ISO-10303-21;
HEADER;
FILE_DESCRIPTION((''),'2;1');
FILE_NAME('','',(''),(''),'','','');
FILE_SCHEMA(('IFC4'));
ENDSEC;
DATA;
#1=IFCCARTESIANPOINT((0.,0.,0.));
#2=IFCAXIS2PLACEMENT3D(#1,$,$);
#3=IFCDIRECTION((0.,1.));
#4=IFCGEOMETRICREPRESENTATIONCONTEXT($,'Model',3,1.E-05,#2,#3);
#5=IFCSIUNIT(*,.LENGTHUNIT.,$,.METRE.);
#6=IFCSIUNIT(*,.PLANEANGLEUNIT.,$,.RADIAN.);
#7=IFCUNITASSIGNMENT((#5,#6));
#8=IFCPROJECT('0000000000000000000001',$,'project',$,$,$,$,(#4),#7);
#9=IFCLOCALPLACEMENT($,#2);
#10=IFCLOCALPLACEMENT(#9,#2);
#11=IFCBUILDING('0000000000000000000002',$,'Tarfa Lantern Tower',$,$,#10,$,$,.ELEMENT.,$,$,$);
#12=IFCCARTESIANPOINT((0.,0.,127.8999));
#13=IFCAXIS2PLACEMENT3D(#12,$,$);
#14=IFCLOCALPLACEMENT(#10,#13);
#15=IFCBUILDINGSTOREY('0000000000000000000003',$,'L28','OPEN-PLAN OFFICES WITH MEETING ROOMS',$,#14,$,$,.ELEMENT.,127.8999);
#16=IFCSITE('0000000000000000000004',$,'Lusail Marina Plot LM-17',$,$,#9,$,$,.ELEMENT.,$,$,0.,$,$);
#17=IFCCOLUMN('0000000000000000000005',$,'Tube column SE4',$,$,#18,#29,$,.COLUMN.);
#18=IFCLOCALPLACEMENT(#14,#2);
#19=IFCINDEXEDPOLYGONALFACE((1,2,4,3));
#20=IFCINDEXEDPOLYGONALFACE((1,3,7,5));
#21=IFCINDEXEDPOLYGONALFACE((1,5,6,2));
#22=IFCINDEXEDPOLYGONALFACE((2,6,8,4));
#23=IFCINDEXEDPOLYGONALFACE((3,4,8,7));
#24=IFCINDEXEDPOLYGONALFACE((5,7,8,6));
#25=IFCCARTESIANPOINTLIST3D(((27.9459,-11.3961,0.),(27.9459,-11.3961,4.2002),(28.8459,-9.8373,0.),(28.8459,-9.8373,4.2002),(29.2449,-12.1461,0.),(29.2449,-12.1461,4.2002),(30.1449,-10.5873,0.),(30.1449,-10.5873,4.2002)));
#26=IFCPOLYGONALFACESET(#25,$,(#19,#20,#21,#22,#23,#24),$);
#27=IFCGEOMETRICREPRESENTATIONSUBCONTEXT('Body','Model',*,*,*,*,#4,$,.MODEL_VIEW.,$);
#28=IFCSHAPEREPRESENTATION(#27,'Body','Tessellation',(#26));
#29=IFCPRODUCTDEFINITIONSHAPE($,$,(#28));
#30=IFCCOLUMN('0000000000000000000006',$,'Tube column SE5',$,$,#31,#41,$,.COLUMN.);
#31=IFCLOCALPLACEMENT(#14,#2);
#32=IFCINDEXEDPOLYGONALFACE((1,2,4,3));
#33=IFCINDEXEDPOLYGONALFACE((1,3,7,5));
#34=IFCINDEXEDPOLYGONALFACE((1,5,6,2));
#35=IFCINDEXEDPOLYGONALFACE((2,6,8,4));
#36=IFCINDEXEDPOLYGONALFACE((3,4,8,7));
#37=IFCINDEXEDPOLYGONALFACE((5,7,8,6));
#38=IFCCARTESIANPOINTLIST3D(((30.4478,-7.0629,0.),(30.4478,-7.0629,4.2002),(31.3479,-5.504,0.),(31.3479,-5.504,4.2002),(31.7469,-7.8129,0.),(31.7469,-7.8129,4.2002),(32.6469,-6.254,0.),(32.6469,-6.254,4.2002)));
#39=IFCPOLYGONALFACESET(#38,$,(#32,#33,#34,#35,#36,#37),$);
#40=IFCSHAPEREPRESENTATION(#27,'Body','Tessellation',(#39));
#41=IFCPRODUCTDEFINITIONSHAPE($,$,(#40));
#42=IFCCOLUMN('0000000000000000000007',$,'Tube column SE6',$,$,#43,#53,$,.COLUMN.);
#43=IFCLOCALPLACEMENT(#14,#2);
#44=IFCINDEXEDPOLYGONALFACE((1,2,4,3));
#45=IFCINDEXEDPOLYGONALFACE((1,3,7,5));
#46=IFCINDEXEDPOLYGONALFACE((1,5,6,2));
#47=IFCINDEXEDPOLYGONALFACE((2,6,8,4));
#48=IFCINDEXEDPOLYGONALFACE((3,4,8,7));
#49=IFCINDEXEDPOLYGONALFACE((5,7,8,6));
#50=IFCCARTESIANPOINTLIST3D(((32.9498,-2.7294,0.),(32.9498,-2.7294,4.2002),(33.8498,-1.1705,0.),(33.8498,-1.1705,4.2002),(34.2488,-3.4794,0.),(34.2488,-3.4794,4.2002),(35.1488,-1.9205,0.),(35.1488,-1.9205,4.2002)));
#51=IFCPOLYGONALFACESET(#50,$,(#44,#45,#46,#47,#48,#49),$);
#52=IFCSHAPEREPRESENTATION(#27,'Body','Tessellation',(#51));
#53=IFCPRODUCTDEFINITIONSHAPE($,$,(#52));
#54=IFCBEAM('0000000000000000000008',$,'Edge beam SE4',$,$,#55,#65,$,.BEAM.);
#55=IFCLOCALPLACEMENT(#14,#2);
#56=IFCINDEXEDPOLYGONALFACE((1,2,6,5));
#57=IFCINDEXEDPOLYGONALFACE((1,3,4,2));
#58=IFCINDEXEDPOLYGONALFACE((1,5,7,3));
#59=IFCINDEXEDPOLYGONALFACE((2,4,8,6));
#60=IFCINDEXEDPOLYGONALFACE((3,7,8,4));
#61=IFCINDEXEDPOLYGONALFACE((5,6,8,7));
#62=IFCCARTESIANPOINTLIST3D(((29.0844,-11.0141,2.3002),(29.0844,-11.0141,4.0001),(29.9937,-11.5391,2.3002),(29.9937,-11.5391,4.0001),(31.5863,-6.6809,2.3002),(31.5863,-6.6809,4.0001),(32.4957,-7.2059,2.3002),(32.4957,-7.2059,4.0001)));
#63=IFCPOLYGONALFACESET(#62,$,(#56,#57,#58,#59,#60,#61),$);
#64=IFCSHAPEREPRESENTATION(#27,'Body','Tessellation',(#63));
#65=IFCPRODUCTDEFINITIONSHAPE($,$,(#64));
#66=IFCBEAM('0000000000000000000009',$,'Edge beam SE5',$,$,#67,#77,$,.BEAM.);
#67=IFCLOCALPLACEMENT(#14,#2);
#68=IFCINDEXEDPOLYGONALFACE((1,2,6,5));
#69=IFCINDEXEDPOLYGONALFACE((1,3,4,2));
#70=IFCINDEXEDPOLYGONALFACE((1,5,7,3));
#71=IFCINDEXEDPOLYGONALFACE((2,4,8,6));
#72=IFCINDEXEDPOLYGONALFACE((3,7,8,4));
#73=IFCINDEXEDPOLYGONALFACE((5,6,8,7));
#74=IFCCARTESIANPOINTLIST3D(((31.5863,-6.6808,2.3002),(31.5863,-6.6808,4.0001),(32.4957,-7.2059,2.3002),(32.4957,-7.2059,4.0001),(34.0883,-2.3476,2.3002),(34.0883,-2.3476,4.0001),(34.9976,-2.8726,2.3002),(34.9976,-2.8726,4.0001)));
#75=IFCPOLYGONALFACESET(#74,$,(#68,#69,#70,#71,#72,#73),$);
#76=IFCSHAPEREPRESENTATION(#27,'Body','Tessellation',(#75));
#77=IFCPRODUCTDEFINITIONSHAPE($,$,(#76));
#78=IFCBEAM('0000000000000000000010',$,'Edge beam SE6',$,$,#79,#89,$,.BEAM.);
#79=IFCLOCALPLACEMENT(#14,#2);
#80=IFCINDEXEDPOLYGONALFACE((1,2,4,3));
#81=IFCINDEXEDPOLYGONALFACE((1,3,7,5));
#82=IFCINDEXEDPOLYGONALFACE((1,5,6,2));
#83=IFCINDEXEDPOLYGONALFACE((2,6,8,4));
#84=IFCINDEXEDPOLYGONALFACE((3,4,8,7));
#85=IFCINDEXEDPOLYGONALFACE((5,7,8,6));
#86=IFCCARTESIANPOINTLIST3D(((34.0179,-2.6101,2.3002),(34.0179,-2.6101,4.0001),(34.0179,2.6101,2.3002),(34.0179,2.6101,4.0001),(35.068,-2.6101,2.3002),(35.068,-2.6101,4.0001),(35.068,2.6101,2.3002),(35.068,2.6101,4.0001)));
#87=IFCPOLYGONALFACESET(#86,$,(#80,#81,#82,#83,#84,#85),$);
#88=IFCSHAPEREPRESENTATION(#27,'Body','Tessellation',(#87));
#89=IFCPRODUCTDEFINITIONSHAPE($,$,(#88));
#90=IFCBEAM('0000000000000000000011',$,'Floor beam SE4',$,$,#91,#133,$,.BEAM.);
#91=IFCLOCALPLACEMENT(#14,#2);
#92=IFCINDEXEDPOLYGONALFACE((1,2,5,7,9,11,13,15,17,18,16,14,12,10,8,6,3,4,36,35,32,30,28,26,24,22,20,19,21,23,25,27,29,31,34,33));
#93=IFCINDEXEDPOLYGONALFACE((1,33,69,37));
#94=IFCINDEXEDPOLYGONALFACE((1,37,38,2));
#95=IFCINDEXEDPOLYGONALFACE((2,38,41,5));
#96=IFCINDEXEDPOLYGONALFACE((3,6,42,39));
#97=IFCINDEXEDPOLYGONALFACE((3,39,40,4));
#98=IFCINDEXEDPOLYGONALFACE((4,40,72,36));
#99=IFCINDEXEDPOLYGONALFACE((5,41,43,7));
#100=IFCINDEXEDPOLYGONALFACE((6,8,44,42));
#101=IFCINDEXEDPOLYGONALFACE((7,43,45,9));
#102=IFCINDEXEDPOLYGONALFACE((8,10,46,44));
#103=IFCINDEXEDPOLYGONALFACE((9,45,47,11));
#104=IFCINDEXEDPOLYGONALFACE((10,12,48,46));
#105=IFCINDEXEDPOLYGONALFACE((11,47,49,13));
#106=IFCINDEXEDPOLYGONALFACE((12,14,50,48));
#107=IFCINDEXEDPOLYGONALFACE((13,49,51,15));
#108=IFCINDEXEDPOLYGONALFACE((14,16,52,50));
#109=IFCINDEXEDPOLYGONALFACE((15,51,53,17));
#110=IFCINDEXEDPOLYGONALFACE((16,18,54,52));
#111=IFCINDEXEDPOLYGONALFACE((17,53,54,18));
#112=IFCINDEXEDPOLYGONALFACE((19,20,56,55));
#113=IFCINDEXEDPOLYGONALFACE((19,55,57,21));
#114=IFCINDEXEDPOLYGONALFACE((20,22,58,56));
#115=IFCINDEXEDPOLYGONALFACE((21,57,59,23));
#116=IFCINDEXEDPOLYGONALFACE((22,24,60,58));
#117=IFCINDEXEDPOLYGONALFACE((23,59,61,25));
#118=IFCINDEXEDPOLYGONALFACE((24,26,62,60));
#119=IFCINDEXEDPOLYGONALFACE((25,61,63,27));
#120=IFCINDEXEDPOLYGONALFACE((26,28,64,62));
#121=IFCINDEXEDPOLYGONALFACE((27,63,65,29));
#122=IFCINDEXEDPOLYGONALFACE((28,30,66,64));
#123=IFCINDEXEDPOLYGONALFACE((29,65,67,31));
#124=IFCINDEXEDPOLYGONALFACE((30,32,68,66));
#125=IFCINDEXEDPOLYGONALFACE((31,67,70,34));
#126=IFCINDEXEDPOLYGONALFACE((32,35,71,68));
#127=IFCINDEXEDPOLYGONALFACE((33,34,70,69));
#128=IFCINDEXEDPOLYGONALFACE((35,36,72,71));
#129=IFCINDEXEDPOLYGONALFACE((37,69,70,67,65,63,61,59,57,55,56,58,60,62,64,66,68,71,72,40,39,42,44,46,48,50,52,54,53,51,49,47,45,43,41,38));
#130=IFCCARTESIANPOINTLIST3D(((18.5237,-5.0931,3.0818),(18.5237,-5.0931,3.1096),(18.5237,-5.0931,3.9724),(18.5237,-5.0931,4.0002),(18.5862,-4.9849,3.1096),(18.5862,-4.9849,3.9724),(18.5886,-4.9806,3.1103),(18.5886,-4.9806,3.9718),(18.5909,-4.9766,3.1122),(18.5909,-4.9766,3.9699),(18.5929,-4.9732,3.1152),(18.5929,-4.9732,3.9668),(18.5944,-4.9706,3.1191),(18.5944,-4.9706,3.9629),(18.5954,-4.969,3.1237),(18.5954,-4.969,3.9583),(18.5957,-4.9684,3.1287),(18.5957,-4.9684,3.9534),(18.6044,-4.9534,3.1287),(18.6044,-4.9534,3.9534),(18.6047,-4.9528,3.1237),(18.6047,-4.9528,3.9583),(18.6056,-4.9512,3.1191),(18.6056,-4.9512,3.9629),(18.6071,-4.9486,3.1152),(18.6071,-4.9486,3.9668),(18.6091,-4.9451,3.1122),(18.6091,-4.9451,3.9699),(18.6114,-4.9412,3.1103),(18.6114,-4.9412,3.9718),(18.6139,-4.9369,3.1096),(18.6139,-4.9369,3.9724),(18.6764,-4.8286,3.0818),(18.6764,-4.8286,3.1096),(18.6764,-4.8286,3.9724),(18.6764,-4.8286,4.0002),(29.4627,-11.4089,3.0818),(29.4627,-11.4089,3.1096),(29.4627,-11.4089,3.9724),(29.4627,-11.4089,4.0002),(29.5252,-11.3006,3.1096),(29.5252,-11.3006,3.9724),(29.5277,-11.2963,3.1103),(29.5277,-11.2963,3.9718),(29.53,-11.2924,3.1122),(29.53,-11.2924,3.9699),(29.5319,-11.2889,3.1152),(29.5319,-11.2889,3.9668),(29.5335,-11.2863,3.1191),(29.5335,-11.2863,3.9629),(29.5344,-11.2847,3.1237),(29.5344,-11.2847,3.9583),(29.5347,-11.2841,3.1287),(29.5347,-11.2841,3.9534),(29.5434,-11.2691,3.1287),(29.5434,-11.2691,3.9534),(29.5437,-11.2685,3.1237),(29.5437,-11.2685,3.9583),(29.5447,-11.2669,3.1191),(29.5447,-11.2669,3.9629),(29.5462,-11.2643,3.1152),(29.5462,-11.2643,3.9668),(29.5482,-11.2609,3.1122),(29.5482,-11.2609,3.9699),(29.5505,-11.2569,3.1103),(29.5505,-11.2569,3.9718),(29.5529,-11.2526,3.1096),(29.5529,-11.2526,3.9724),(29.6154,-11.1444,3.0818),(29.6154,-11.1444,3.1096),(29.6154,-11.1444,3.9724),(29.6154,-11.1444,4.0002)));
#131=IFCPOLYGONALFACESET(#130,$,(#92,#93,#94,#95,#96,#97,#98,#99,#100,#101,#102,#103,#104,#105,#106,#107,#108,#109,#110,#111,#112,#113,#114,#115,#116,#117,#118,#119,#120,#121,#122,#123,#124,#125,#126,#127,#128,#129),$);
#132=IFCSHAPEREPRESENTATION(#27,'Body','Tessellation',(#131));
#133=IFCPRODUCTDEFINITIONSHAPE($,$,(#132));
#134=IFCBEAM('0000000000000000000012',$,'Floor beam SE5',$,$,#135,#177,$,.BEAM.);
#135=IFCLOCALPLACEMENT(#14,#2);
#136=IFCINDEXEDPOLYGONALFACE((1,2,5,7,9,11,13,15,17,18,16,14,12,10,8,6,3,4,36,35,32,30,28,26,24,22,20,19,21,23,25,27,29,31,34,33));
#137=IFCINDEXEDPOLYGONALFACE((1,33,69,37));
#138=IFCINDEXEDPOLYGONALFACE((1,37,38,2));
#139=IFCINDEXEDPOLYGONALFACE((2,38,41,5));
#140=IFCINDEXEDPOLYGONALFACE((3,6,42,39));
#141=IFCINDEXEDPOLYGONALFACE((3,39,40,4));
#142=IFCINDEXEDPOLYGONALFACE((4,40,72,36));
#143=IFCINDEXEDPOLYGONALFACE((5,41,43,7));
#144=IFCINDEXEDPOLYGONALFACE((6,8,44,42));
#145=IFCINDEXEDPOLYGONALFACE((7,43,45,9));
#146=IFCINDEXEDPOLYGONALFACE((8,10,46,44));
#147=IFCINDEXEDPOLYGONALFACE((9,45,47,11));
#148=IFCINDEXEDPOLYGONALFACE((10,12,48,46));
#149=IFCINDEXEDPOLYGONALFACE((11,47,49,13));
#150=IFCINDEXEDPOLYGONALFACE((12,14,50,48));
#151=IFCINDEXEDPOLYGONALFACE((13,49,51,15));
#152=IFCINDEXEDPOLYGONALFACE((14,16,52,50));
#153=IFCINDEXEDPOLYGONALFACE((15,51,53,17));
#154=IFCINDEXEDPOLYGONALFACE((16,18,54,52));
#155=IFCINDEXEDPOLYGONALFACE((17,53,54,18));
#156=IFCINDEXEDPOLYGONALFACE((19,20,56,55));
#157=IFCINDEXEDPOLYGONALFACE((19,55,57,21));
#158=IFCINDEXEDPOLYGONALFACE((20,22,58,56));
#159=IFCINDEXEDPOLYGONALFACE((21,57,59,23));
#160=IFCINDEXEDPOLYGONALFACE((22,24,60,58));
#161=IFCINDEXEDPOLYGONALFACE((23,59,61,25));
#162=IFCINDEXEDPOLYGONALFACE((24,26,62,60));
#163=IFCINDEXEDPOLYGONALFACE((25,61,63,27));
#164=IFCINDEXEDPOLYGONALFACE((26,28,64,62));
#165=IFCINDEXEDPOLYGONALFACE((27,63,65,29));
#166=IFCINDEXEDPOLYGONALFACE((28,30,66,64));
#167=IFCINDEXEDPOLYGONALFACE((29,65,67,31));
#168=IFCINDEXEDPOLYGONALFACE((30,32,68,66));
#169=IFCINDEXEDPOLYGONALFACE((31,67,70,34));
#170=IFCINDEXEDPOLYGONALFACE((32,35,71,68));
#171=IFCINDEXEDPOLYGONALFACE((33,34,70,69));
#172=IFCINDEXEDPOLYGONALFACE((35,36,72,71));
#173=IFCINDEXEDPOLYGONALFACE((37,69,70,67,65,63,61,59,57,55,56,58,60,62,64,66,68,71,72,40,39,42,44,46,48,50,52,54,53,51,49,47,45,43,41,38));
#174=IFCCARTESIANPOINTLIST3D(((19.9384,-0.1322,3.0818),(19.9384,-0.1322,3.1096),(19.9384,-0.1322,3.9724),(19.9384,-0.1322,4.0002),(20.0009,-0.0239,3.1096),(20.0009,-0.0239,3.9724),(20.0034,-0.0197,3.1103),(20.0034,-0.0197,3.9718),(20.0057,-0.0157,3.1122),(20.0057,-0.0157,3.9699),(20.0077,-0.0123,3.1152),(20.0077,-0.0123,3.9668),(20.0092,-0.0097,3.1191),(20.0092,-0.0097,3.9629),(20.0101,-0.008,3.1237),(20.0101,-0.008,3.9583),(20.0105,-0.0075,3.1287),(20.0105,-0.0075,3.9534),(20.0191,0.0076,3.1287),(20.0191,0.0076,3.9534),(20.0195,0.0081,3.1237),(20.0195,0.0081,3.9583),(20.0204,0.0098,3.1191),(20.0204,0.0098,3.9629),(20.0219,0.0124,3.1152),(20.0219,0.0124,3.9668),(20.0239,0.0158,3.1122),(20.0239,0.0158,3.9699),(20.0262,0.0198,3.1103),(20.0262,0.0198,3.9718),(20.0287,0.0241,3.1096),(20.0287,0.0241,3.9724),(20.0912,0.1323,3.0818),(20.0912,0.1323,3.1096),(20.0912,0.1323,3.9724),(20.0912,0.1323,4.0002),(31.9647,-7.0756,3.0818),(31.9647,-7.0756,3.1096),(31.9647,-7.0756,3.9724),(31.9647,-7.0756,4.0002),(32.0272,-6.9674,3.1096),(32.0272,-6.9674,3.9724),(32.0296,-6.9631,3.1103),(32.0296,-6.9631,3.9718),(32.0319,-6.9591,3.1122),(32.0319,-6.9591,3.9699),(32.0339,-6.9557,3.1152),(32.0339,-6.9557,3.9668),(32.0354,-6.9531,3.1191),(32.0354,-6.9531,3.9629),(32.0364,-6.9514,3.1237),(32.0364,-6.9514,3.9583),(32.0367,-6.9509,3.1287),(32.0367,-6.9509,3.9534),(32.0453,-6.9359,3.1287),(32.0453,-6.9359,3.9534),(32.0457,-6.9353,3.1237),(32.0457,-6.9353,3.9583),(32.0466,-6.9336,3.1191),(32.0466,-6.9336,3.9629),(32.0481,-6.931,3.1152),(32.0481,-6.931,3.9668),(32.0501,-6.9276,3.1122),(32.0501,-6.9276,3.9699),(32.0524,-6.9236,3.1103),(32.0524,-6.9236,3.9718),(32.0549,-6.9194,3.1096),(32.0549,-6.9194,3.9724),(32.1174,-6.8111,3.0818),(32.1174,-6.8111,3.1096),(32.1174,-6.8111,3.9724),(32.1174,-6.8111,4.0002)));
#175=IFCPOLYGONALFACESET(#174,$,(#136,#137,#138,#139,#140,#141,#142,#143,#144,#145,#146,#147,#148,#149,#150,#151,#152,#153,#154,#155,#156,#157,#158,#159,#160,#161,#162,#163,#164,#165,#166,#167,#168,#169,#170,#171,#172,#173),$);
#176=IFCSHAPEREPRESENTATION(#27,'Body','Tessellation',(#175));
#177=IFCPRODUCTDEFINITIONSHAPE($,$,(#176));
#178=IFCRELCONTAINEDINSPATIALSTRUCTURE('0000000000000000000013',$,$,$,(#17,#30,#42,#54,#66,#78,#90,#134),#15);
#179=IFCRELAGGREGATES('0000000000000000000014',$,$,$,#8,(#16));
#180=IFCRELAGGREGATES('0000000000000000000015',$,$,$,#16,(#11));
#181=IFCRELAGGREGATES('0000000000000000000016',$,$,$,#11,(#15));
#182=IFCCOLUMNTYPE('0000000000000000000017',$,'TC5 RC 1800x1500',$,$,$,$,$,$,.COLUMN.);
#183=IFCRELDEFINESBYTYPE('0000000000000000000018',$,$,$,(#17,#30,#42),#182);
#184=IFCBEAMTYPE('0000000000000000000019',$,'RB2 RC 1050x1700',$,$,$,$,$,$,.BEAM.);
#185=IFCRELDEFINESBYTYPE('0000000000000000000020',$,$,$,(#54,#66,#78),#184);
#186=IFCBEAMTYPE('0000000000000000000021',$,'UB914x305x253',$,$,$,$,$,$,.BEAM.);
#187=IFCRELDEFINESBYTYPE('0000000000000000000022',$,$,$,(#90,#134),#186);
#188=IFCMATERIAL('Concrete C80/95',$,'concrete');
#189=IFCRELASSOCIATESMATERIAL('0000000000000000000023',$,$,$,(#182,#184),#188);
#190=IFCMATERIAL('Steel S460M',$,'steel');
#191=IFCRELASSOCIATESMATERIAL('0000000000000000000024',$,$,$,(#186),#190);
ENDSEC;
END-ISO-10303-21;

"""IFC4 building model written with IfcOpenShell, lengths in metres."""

from ifc_helpers import new_model, si_unit, direction, frame, origin, origin_2d, place, context, subcontext, project, spatial, rectangle, i_section, extrude, material, material_profile, profile_set, type_object, element, save


model = new_model("IFC4")

# Units and contexts
model_context = context("Model", 3, precision=1e-05, world=origin(), true_north=direction((0.0, 1.0)))
body_context = subcontext(model_context, "Body", "Model", "MODEL_VIEW")
ifc_project = project(units=[si_unit("LENGTHUNIT", "METRE"), si_unit("PLANEANGLEUNIT", "RADIAN")], contexts=[model_context])

# Site, building, storey
site_placement = place(None, origin())
site = spatial("IfcSite", under=ifc_project, at=site_placement, Name="Lusail Marina Plot LM-17", CompositionType="ELEMENT", RefElevation=0.0)
building_placement = place(site_placement, origin())
building = spatial("IfcBuilding", under=site, at=building_placement, Name="Tarfa Lantern Tower", CompositionType="ELEMENT")
storey_placement = place(building_placement, frame((0.0, 0.0, 127.8999)))
storey = spatial("IfcBuildingStorey", under=building, at=storey_placement, Name="L28", Description="OPEN-PLAN OFFICES WITH MEETING ROOMS", CompositionType="ELEMENT", Elevation=127.8999)

# Columns
ifc_material_1 = material(Name="Concrete C80/95", Category="concrete")
ifc_material_profile_1 = material_profile(ifc_material_1, rectangle(XDim=1.8, YDim=1.5, at=origin_2d()), Name="RC 1800x1500")
ifc_profile_set_1 = profile_set([ifc_material_profile_1], Name="Concrete C80/95")
column_type = type_object("IfcColumnType", Name="TC5 RC 1800x1500", PredefinedType="COLUMN", material=ifc_profile_set_1)
for number, where, z_axis, x_axis, name in (
    (1, (29.0454, -10.9917, 0.0), (0.0, 0.0, 1.0), (0.5, 0.866025, 0.0), "Tube column SE4"),
    (2, (31.5474, -6.6584, 0.0), (0.0, 0.0, 1.0), (0.5, 0.866025, 0.0), "Tube column SE5"),
    (3, (34.0493, -2.325, 0.0), (0.0, 0.0, 1.0), (0.5, 0.866025, 0.0), "Tube column SE6"),
):
    element("IfcColumn", number, at=place(storey_placement, frame(where, z_axis=z_axis, x_axis=x_axis)), inside=storey, type_object=column_type, Name=name, PredefinedType="COLUMN", context=body_context, shape_type="SweptSolid", body=[
        extrude(rectangle(XDim=1.8, YDim=1.5, at=origin_2d()), origin(), (0.0, 0.0, 1.0), 4.2002),
    ])

# Beams
ifc_material_profile_2 = material_profile(ifc_material_1, rectangle(XDim=1.05, YDim=1.7, at=origin_2d()), Name="RC 1050x1700")
ifc_profile_set_2 = profile_set([ifc_material_profile_2], Name="Concrete C80/95")
beam_type_1 = type_object("IfcBeamType", Name="RB2 RC 1050x1700", PredefinedType="BEAM", material=ifc_profile_set_2)
for number, where, z_axis, x_axis, name in (
    (4, (29.5391, -11.2766, 3.1501), (0.500022, 0.866013, 0.0), (-0.866013, 0.500022, 0.0), "Edge beam SE4"),
    (5, (32.041, -6.9434, 3.1501), (0.500022, 0.866013, 0.0), (-0.866013, 0.500022, 0.0), "Edge beam SE5"),
):
    element("IfcBeam", number, at=place(storey_placement, frame(where, z_axis=z_axis, x_axis=x_axis)), inside=storey, type_object=beam_type_1, Name=name, PredefinedType="BEAM", context=body_context, shape_type="SweptSolid", body=[
        extrude(rectangle(XDim=1.05, YDim=1.7, at=origin_2d()), origin(), (0.0, 0.0, 1.0), 5.0037),
    ])
beam_1_placement = place(storey_placement, frame((34.543, -2.6101, 3.1501), z_axis=(0.0, 1.0, 0.0), x_axis=(-1.0, 0.0, 0.0)))
element("IfcBeam", 6, at=beam_1_placement, inside=storey, type_object=beam_type_1, Name="Edge beam SE6", PredefinedType="BEAM", context=body_context, shape_type="SweptSolid", body=[
    extrude(rectangle(XDim=1.05, YDim=1.7, at=origin_2d()), origin(), (0.0, 0.0, 1.0), 5.2202),
])
ifc_material_2 = material(Name="Steel S460M", Category="steel")
ifc_material_profile_3 = material_profile(ifc_material_2, i_section(OverallWidth=0.3054, OverallDepth=0.9185, WebThickness=0.0173, FlangeThickness=0.0278, FilletRadius=0.019, at=origin_2d()), Name="UB914x305x253")
ifc_profile_set_3 = profile_set([ifc_material_profile_3], Name="Steel S460M")
beam_type_2 = type_object("IfcBeamType", Name="UB914x305x253", PredefinedType="BEAM", material=ifc_profile_set_3)
beam_2_placement = place(storey_placement, frame((29.5391, -11.2766, 3.541), z_axis=(-0.866023, 0.500004, 0.0), x_axis=(-0.500004, -0.866023, 0.0)))
element("IfcBeam", 7, at=beam_2_placement, inside=storey, type_object=beam_type_2, Name="Floor beam SE4", PredefinedType="BEAM", context=body_context, shape_type="SweptSolid", body=[
    extrude(i_section(OverallWidth=0.3054, OverallDepth=0.9185, WebThickness=0.0173, FlangeThickness=0.0278, FilletRadius=0.019, at=origin_2d()), origin(), (0.0, 0.0, 1.0), 12.6313),
])
beam_3_placement = place(storey_placement, frame((32.041, -6.9434, 3.541), z_axis=(-0.866023, 0.500004, 0.0), x_axis=(-0.500004, -0.866023, 0.0)))
element("IfcBeam", 8, at=beam_3_placement, inside=storey, type_object=beam_type_2, Name="Floor beam SE5", PredefinedType="BEAM", context=body_context, shape_type="SweptSolid", body=[
    extrude(i_section(OverallWidth=0.3054, OverallDepth=0.9185, WebThickness=0.0173, FlangeThickness=0.0278, FilletRadius=0.019, at=origin_2d()), origin(), (0.0, 0.0, 1.0), 13.8867),
])

save(model, "model.ifc")
